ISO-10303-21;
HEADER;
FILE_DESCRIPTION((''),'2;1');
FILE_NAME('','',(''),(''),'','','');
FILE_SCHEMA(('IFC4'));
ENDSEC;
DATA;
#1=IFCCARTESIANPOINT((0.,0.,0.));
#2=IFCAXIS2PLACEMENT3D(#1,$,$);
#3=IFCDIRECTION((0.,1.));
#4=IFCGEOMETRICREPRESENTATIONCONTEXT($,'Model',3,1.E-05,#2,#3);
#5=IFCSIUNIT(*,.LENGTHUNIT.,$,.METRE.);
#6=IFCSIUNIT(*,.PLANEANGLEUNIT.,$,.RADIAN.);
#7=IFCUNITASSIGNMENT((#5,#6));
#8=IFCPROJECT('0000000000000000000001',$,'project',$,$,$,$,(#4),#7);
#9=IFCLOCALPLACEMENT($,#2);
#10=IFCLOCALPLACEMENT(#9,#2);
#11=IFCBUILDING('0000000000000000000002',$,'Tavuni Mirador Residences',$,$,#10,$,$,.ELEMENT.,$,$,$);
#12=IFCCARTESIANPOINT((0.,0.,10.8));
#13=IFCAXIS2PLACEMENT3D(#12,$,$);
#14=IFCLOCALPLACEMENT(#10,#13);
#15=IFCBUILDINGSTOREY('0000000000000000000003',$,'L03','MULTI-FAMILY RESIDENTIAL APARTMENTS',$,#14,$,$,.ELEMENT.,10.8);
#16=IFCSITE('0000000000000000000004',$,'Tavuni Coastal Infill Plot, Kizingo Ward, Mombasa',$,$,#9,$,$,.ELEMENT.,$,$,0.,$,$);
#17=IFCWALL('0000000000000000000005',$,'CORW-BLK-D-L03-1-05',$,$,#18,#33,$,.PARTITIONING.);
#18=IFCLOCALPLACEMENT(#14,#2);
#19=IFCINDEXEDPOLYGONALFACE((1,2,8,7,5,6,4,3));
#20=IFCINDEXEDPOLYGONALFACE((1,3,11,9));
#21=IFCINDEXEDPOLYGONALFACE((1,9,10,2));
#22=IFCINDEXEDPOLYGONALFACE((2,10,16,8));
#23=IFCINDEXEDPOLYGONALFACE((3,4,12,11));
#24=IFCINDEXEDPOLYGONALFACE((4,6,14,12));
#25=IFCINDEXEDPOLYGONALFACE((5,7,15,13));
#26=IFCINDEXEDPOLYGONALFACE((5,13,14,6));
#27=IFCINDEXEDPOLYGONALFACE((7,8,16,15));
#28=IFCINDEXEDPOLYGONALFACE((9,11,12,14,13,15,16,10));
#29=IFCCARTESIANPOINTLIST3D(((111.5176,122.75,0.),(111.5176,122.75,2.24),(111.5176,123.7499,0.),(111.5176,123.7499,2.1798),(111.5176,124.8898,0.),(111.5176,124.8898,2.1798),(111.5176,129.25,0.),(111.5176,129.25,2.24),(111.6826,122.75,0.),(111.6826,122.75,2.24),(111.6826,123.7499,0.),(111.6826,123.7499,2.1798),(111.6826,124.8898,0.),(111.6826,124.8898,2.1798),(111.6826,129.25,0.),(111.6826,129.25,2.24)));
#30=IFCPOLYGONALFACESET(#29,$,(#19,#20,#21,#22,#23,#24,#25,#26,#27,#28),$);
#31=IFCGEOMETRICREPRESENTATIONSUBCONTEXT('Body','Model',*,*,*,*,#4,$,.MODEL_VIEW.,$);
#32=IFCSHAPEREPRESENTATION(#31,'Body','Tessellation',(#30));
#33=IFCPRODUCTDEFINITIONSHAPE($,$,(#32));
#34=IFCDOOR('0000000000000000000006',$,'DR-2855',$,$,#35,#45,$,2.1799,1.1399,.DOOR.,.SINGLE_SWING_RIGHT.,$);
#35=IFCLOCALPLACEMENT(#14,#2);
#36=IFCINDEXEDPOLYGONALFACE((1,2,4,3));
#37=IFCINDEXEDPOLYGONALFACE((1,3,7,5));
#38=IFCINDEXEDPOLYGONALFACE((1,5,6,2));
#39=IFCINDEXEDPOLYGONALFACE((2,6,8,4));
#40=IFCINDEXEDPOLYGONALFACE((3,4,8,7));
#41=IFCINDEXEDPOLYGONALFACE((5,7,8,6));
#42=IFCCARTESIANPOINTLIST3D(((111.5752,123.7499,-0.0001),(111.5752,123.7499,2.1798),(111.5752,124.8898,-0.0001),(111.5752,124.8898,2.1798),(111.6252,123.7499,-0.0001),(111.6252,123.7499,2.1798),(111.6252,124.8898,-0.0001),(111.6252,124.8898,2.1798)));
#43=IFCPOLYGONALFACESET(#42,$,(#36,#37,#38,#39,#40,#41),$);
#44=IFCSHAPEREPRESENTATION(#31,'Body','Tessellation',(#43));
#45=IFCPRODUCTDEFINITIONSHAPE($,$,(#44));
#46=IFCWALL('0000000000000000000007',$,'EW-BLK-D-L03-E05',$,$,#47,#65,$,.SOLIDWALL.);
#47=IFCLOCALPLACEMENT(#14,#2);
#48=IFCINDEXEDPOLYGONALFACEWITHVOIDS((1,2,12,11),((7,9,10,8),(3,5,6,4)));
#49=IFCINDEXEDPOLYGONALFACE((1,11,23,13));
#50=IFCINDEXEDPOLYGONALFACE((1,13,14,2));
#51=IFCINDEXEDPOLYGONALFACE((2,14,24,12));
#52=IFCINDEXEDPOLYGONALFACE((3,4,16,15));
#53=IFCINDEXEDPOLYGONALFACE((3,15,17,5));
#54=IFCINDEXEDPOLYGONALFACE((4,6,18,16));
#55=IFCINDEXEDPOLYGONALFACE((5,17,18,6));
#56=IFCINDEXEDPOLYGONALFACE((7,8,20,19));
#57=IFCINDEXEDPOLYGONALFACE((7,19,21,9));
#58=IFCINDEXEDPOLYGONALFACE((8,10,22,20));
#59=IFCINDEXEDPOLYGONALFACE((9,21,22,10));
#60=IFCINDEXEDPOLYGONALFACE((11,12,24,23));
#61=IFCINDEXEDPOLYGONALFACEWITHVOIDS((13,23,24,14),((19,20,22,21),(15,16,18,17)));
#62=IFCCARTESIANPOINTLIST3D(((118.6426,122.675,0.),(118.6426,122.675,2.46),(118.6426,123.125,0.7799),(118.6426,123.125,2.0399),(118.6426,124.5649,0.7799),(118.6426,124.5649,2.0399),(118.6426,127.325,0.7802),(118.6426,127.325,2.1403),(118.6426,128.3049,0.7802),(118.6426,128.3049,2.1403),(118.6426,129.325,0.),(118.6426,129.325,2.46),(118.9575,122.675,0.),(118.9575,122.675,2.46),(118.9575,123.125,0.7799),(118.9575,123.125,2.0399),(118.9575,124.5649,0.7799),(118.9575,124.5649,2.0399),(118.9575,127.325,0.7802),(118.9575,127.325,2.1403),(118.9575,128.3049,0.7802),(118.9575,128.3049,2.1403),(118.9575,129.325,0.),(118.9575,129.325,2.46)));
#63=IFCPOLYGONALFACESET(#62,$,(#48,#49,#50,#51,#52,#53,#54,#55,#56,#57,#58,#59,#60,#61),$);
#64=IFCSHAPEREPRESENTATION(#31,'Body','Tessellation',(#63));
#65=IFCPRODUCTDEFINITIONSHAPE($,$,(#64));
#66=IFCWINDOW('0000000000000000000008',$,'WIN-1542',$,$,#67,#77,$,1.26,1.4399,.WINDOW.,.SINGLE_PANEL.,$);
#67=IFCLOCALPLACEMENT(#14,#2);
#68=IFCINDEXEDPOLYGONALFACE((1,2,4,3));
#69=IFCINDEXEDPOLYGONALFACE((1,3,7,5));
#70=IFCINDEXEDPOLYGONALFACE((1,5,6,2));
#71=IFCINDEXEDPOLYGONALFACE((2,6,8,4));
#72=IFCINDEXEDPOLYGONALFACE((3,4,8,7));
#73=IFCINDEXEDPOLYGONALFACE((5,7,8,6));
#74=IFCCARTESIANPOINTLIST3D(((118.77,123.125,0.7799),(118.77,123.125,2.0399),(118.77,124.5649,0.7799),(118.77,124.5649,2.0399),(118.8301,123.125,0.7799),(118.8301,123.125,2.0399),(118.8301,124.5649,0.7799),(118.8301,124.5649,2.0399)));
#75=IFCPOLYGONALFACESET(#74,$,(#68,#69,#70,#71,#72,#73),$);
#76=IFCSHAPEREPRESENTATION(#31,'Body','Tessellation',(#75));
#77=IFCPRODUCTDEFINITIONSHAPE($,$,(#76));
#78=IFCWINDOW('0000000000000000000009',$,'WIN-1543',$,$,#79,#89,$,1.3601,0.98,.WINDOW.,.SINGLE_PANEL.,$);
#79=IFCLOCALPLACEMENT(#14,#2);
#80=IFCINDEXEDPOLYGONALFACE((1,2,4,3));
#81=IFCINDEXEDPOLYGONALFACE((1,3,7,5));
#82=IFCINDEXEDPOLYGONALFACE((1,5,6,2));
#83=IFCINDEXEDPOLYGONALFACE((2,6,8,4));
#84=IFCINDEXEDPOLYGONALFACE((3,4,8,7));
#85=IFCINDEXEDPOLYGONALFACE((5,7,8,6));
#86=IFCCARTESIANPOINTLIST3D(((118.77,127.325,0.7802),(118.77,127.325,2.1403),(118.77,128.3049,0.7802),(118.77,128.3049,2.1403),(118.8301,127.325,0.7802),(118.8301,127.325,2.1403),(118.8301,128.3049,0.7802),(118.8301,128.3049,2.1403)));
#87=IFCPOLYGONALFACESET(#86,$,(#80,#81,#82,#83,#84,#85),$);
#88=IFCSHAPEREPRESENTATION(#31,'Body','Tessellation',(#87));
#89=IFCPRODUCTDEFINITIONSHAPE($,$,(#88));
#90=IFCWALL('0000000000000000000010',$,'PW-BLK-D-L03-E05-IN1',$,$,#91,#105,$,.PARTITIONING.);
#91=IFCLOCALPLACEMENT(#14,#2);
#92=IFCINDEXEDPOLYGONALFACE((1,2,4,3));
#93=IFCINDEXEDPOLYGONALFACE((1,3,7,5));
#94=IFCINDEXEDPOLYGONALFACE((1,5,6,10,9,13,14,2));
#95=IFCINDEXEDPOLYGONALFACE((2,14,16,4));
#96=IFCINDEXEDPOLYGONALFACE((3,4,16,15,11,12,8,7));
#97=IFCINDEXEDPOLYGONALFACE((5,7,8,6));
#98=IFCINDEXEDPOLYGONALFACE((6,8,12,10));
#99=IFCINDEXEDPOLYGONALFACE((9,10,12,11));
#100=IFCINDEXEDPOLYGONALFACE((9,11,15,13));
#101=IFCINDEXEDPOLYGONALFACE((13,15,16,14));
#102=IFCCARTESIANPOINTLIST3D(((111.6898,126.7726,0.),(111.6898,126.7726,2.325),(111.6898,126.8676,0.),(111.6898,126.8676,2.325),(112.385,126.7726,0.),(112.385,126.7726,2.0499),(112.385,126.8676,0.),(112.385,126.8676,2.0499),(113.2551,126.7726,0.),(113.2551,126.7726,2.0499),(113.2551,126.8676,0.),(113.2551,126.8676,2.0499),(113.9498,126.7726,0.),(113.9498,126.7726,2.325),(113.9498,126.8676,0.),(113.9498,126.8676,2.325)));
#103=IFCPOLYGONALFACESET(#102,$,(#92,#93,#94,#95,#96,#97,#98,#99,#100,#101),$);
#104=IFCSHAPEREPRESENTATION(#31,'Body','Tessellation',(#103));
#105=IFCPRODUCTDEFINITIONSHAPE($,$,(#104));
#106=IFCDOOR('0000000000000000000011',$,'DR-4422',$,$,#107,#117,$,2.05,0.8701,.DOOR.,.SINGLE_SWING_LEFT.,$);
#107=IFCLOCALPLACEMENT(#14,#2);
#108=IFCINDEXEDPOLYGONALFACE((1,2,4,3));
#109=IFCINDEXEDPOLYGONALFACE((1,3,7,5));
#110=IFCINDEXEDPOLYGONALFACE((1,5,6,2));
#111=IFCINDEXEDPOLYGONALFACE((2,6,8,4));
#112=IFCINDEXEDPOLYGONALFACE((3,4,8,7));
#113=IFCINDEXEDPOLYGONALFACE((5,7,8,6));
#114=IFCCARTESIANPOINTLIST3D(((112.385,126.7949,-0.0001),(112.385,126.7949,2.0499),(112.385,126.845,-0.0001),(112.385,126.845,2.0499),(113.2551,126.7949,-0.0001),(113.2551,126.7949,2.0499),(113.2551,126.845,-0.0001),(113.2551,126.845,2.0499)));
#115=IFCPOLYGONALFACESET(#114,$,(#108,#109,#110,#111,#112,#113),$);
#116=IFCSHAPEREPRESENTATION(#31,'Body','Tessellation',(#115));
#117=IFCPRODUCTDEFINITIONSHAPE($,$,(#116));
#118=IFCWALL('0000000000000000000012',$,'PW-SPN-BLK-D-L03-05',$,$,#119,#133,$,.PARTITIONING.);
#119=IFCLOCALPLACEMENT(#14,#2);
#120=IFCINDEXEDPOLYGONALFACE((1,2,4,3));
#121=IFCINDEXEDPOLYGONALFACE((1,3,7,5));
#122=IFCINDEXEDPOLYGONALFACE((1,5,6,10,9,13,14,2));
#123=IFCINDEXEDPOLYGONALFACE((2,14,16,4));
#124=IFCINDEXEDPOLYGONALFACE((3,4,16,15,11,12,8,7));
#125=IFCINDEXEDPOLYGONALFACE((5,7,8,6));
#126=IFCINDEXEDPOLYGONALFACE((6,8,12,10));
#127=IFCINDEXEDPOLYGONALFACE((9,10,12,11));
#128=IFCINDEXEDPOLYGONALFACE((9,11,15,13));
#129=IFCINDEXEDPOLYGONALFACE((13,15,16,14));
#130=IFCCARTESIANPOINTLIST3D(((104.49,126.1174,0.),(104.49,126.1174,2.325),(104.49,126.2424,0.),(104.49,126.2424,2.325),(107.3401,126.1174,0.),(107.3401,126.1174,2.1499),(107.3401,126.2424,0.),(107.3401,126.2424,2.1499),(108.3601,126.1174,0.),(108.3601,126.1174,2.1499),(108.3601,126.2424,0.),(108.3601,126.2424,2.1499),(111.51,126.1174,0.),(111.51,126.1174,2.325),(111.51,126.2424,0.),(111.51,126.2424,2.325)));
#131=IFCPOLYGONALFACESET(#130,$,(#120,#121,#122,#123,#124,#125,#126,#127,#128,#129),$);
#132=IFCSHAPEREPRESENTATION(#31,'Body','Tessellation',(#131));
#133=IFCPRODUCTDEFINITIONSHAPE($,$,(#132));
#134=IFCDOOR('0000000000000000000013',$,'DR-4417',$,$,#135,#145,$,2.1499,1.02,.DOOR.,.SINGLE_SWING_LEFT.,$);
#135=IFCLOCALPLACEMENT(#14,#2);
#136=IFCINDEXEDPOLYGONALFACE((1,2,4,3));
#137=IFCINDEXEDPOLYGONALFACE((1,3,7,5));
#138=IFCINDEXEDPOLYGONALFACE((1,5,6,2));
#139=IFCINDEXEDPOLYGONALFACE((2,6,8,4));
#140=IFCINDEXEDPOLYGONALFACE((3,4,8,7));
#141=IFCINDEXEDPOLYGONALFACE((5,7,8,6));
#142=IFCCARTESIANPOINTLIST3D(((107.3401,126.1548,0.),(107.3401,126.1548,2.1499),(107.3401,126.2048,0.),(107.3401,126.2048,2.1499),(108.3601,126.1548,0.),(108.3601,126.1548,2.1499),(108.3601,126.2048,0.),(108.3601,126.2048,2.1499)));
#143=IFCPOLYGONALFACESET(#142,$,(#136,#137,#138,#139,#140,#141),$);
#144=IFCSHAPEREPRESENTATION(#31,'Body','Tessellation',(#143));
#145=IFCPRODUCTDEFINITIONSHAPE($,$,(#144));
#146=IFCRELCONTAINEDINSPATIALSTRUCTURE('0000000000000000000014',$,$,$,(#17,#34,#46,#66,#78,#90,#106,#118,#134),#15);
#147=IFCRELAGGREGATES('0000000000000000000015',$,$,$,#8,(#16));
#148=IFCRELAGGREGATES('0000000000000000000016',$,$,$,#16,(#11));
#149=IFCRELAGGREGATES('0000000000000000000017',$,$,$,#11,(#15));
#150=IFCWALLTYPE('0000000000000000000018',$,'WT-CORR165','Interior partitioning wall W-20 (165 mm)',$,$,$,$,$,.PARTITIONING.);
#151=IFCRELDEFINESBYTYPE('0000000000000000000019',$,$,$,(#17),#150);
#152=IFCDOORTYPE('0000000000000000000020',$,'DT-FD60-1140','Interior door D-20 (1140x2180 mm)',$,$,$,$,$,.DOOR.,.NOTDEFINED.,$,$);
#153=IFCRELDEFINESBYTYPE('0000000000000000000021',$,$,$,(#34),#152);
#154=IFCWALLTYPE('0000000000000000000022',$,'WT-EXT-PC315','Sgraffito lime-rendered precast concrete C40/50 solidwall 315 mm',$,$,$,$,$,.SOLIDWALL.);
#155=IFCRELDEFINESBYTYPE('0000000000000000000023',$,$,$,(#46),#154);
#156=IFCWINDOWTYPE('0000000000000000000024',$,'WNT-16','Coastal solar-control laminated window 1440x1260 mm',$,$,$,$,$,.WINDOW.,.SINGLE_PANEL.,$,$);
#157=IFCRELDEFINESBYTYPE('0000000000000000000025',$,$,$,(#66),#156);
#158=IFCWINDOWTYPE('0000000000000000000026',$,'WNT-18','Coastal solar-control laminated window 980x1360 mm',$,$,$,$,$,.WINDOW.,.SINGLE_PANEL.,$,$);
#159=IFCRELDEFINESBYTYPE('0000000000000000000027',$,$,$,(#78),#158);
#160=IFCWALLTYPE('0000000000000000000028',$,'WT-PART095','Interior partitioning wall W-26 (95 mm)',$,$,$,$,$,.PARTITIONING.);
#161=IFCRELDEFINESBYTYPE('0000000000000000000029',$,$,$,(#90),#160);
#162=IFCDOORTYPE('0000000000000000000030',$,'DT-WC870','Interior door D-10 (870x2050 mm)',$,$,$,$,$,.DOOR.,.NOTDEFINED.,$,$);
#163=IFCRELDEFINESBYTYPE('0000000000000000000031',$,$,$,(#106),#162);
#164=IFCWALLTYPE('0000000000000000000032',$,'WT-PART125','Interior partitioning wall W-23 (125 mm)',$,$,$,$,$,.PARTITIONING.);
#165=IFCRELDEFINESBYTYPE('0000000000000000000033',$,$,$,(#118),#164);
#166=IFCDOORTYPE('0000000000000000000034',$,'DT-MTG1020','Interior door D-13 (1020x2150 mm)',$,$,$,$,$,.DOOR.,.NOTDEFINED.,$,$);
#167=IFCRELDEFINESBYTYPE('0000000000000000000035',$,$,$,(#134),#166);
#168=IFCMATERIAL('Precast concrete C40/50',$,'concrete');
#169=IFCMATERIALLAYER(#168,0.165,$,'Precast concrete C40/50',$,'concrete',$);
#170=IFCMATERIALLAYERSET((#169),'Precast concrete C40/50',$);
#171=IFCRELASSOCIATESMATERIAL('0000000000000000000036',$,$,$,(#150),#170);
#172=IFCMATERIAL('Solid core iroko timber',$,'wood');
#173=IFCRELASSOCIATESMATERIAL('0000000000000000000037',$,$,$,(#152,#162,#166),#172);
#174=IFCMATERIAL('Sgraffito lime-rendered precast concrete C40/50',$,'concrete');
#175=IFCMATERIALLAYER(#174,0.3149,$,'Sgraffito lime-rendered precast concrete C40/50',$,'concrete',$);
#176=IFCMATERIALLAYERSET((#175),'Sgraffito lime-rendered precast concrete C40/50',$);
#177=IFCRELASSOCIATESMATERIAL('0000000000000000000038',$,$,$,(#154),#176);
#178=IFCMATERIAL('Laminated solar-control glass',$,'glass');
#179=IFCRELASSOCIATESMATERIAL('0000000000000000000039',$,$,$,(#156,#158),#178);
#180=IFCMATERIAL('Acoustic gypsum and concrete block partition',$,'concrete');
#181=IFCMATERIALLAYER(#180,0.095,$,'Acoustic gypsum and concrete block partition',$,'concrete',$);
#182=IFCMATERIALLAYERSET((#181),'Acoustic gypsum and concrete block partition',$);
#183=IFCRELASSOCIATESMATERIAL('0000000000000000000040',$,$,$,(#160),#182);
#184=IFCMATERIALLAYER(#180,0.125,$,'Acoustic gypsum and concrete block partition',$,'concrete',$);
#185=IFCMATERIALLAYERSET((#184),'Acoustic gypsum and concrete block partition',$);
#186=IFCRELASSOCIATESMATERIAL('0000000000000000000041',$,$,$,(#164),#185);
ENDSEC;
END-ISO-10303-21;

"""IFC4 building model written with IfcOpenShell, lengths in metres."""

from ifc_helpers import new_model, si_unit, direction, frame, frame_2d, origin, place, context, subcontext, project, spatial, rectangle, extrude, material, layer, layer_set, type_object, element, fill, save


model = new_model("IFC4")

# Units and contexts
model_context = context("Model", 3, precision=1e-05, world=origin(), true_north=direction((0.0, 1.0)))
body_context = subcontext(model_context, "Body", "Model", "MODEL_VIEW")
ifc_project = project(units=[si_unit("LENGTHUNIT", "METRE"), si_unit("PLANEANGLEUNIT", "RADIAN")], contexts=[model_context])

# Site, building, storey
site_placement = place(None, origin())
site = spatial("IfcSite", under=ifc_project, at=site_placement, Name="Tavuni Coastal Infill Plot, Kizingo Ward, Mombasa", CompositionType="ELEMENT", RefElevation=0.0)
building_placement = place(site_placement, origin())
building = spatial("IfcBuilding", under=site, at=building_placement, Name="Tavuni Mirador Residences", CompositionType="ELEMENT")
storey_placement = place(building_placement, frame((0.0, 0.0, 10.8)))
storey = spatial("IfcBuildingStorey", under=building, at=storey_placement, Name="L03", Description="MULTI-FAMILY RESIDENTIAL APARTMENTS", CompositionType="ELEMENT", Elevation=10.8)

# Shared definitions
ifc_material_1 = material(Name="Precast concrete C40/50", Category="concrete")

# Wall, opening, door
ifc_layer_1 = layer(ifc_material_1, 0.165, Name="Precast concrete C40/50", Category="concrete")
ifc_layer_set_1 = layer_set([ifc_layer_1], Name="Precast concrete C40/50")
wall_type_1 = type_object("IfcWallType", Name="WT-CORR165", Description="Interior partitioning wall W-20 (165 mm)", PredefinedType="PARTITIONING", material=ifc_layer_set_1)
wall_1_placement = place(storey_placement, frame((111.6001, 122.75, 0.0), z_axis=(0.0, 0.0, 1.0), x_axis=(0.0, 1.0, 0.0)))
wall_1 = element("IfcWall", 1, at=wall_1_placement, inside=storey, type_object=wall_type_1, Name="CORW-BLK-D-L03-1-05", PredefinedType="PARTITIONING", context=body_context, shape_type="SweptSolid", body=[
    extrude(rectangle(XDim=6.5, YDim=0.165, at=frame_2d((3.25, 0.0))), origin(), (0.0, 0.0, 1.0), 2.24),
])
opening_1_placement = place(wall_1_placement, frame((1.0, 0.0, 0.0)))
opening_1 = element("IfcOpeningElement", 2, at=opening_1_placement, cuts=wall_1, PredefinedType="OPENING", context=body_context, shape_type="SweptSolid", body=[
    extrude(rectangle(XDim=1.1399, YDim=2.1799, at=frame_2d((0.5698, 1.0898))), frame((0.0, 0.0925, 0.0), z_axis=(0.0, -1.0, 0.0), x_axis=(1.0, 0.0, 0.0)), (0.0, 0.0, 1.0), 0.1851),
])
ifc_material_2 = material(Name="Solid core iroko timber", Category="wood")
door_type_1 = type_object("IfcDoorType", Name="DT-FD60-1140", Description="Interior door D-20 (1140x2180 mm)", OperationType="NOTDEFINED", PredefinedType="DOOR", material=ifc_material_2)
door_1_placement = place(opening_1_placement, origin())
door_1 = element("IfcDoor", 3, at=door_1_placement, inside=storey, type_object=door_type_1, Name="DR-2855", OperationType="SINGLE_SWING_RIGHT", OverallHeight=2.1799, OverallWidth=1.1399, PredefinedType="DOOR", context=body_context, shape_type="SweptSolid", body=[
    extrude(rectangle(XDim=1.1399, YDim=2.1799, at=frame_2d((0.5698, 1.0898))), frame((0.0, 0.0249, 0.0), z_axis=(0.0, -1.0, 0.0), x_axis=(1.0, 0.0, 0.0)), (0.0, 0.0, 1.0), 0.05),
])
fill(opening_1, door_1)

# Wall, openings, windows
ifc_material_3 = material(Name="Sgraffito lime-rendered precast concrete C40/50", Category="concrete")
ifc_layer_2 = layer(ifc_material_3, 0.3149, Name="Sgraffito lime-rendered precast concrete C40/50", Category="concrete")
ifc_layer_set_2 = layer_set([ifc_layer_2], Name="Sgraffito lime-rendered precast concrete C40/50")
wall_type_2 = type_object("IfcWallType", Name="WT-EXT-PC315", Description="Sgraffito lime-rendered precast concrete C40/50 solidwall 315 mm", PredefinedType="SOLIDWALL", material=ifc_layer_set_2)
wall_2_placement = place(storey_placement, frame((118.8, 122.675, 0.0), z_axis=(0.0, 0.0, 1.0), x_axis=(0.0, 1.0, 0.0)))
wall_2 = element("IfcWall", 4, at=wall_2_placement, inside=storey, type_object=wall_type_2, Name="EW-BLK-D-L03-E05", PredefinedType="SOLIDWALL", context=body_context, shape_type="SweptSolid", body=[
    extrude(rectangle(XDim=6.6499, YDim=0.3149, at=frame_2d((3.325, 0.0))), origin(), (0.0, 0.0, 1.0), 2.46),
])
opening_2_placement = place(wall_2_placement, frame((0.45, 0.0, 0.78)))
opening_2 = element("IfcOpeningElement", 5, at=opening_2_placement, cuts=wall_2, PredefinedType="OPENING", context=body_context, shape_type="SweptSolid", body=[
    extrude(rectangle(XDim=1.4399, YDim=1.26, at=frame_2d((0.72, 0.6299))), frame((0.0, 0.1675, 0.0), z_axis=(0.0, -1.0, 0.0), x_axis=(1.0, 0.0, 0.0)), (0.0, 0.0, 1.0), 0.335),
])
opening_3_placement = place(wall_2_placement, frame((4.6499, 0.0, 0.78)))
opening_3 = element("IfcOpeningElement", 6, at=opening_3_placement, cuts=wall_2, PredefinedType="OPENING", context=body_context, shape_type="SweptSolid", body=[
    extrude(rectangle(XDim=0.98, YDim=1.3601, at=frame_2d((0.49, 0.6802))), frame((0.0, 0.1675, 0.0), z_axis=(0.0, -1.0, 0.0), x_axis=(1.0, 0.0, 0.0)), (0.0, 0.0, 1.0), 0.335),
])
ifc_material_4 = material(Name="Laminated solar-control glass", Category="glass")
window_type_1 = type_object("IfcWindowType", Name="WNT-16", Description="Coastal solar-control laminated window 1440x1260 mm", PartitioningType="SINGLE_PANEL", PredefinedType="WINDOW", material=ifc_material_4)
window_1_placement = place(opening_2_placement, origin())
window_1 = element("IfcWindow", 7, at=window_1_placement, inside=storey, type_object=window_type_1, Name="WIN-1542", OverallHeight=1.26, OverallWidth=1.4399, PartitioningType="SINGLE_PANEL", PredefinedType="WINDOW", context=body_context, shape_type="SweptSolid", body=[
    extrude(rectangle(XDim=1.4399, YDim=1.26, at=frame_2d((0.72, 0.6299))), frame((0.0, 0.03, 0.0), z_axis=(0.0, -1.0, 0.0), x_axis=(1.0, 0.0, 0.0)), (0.0, 0.0, 1.0), 0.0601),
])
fill(opening_2, window_1)
window_type_2 = type_object("IfcWindowType", Name="WNT-18", Description="Coastal solar-control laminated window 980x1360 mm", PartitioningType="SINGLE_PANEL", PredefinedType="WINDOW", material=ifc_material_4)
window_2_placement = place(opening_3_placement, origin())
window_2 = element("IfcWindow", 8, at=window_2_placement, inside=storey, type_object=window_type_2, Name="WIN-1543", OverallHeight=1.3601, OverallWidth=0.98, PartitioningType="SINGLE_PANEL", PredefinedType="WINDOW", context=body_context, shape_type="SweptSolid", body=[
    extrude(rectangle(XDim=0.98, YDim=1.3601, at=frame_2d((0.49, 0.6802))), frame((0.0, 0.03, 0.0), z_axis=(0.0, -1.0, 0.0), x_axis=(1.0, 0.0, 0.0)), (0.0, 0.0, 1.0), 0.0601),
])
fill(opening_3, window_2)

# Walls, openings, doors
ifc_material_5 = material(Name="Acoustic gypsum and concrete block partition", Category="concrete")
ifc_layer_3 = layer(ifc_material_5, 0.095, Name="Acoustic gypsum and concrete block partition", Category="concrete")
ifc_layer_set_3 = layer_set([ifc_layer_3], Name="Acoustic gypsum and concrete block partition")
wall_type_3 = type_object("IfcWallType", Name="WT-PART095", Description="Interior partitioning wall W-26 (95 mm)", PredefinedType="PARTITIONING", material=ifc_layer_set_3)
wall_3_placement = place(storey_placement, frame((111.6899, 126.8201, 0.0), z_axis=(0.0, 0.0, 1.0), x_axis=(1.0, 0.0, 0.0)))
wall_3 = element("IfcWall", 9, at=wall_3_placement, inside=storey, type_object=wall_type_3, Name="PW-BLK-D-L03-E05-IN1", PredefinedType="PARTITIONING", context=body_context, shape_type="SweptSolid", body=[
    extrude(rectangle(XDim=2.26, YDim=0.095, at=frame_2d((1.1299, 0.0))), origin(), (0.0, 0.0, 1.0), 2.325),
])
opening_4_placement = place(wall_3_placement, frame((0.6951, 0.0, 0.0)))
opening_4 = element("IfcOpeningElement", 10, at=opening_4_placement, cuts=wall_3, PredefinedType="OPENING", context=body_context, shape_type="SweptSolid", body=[
    extrude(rectangle(XDim=0.8701, YDim=2.05, at=frame_2d((0.4351, 1.0249))), frame((0.0, 0.0576, 0.0), z_axis=(0.0, -1.0, 0.0), x_axis=(1.0, 0.0, 0.0)), (0.0, 0.0, 1.0), 0.115),
])
door_type_2 = type_object("IfcDoorType", Name="DT-WC870", Description="Interior door D-10 (870x2050 mm)", OperationType="NOTDEFINED", PredefinedType="DOOR", material=ifc_material_2)
door_2_placement = place(opening_4_placement, origin())
door_2 = element("IfcDoor", 11, at=door_2_placement, inside=storey, type_object=door_type_2, Name="DR-4422", OperationType="SINGLE_SWING_LEFT", OverallHeight=2.05, OverallWidth=0.8701, PredefinedType="DOOR", context=body_context, shape_type="SweptSolid", body=[
    extrude(rectangle(XDim=0.8701, YDim=2.05, at=frame_2d((0.4351, 1.0249))), frame((0.0, 0.0249, 0.0), z_axis=(0.0, -1.0, 0.0), x_axis=(1.0, 0.0, 0.0)), (0.0, 0.0, 1.0), 0.05),
])
fill(opening_4, door_2)
ifc_layer_4 = layer(ifc_material_5, 0.125, Name="Acoustic gypsum and concrete block partition", Category="concrete")
ifc_layer_set_4 = layer_set([ifc_layer_4], Name="Acoustic gypsum and concrete block partition")
wall_type_4 = type_object("IfcWallType", Name="WT-PART125", Description="Interior partitioning wall W-23 (125 mm)", PredefinedType="PARTITIONING", material=ifc_layer_set_4)
wall_4_placement = place(storey_placement, frame((104.49, 126.1799, 0.0), z_axis=(0.0, 0.0, 1.0), x_axis=(1.0, 0.0, 0.0)))
wall_4 = element("IfcWall", 12, at=wall_4_placement, inside=storey, type_object=wall_type_4, Name="PW-SPN-BLK-D-L03-05", PredefinedType="PARTITIONING", context=body_context, shape_type="SweptSolid", body=[
    extrude(rectangle(XDim=7.02, YDim=0.125, at=frame_2d((3.51, 0.0))), origin(), (0.0, 0.0, 1.0), 2.325),
])
opening_5_placement = place(wall_4_placement, frame((2.8501, 0.0, 0.0)))
opening_5 = element("IfcOpeningElement", 13, at=opening_5_placement, cuts=wall_4, PredefinedType="OPENING", context=body_context, shape_type="SweptSolid", body=[
    extrude(rectangle(XDim=1.02, YDim=2.1499, at=frame_2d((0.51, 1.075))), frame((0.0, 0.0725, 0.0), z_axis=(0.0, -1.0, 0.0), x_axis=(1.0, 0.0, 0.0)), (0.0, 0.0, 1.0), 0.145),
])
door_type_3 = type_object("IfcDoorType", Name="DT-MTG1020", Description="Interior door D-13 (1020x2150 mm)", OperationType="NOTDEFINED", PredefinedType="DOOR", material=ifc_material_2)
door_3_placement = place(opening_5_placement, origin())
door_3 = element("IfcDoor", 14, at=door_3_placement, inside=storey, type_object=door_type_3, Name="DR-4417", OperationType="SINGLE_SWING_LEFT", OverallHeight=2.1499, OverallWidth=1.02, PredefinedType="DOOR", context=body_context, shape_type="SweptSolid", body=[
    extrude(rectangle(XDim=1.02, YDim=2.1499, at=frame_2d((0.51, 1.075))), frame((0.0, 0.0249, 0.0), z_axis=(0.0, -1.0, 0.0), x_axis=(1.0, 0.0, 0.0)), (0.0, 0.0, 1.0), 0.05),
])
fill(opening_5, door_3)

save(model, "model.ifc")
